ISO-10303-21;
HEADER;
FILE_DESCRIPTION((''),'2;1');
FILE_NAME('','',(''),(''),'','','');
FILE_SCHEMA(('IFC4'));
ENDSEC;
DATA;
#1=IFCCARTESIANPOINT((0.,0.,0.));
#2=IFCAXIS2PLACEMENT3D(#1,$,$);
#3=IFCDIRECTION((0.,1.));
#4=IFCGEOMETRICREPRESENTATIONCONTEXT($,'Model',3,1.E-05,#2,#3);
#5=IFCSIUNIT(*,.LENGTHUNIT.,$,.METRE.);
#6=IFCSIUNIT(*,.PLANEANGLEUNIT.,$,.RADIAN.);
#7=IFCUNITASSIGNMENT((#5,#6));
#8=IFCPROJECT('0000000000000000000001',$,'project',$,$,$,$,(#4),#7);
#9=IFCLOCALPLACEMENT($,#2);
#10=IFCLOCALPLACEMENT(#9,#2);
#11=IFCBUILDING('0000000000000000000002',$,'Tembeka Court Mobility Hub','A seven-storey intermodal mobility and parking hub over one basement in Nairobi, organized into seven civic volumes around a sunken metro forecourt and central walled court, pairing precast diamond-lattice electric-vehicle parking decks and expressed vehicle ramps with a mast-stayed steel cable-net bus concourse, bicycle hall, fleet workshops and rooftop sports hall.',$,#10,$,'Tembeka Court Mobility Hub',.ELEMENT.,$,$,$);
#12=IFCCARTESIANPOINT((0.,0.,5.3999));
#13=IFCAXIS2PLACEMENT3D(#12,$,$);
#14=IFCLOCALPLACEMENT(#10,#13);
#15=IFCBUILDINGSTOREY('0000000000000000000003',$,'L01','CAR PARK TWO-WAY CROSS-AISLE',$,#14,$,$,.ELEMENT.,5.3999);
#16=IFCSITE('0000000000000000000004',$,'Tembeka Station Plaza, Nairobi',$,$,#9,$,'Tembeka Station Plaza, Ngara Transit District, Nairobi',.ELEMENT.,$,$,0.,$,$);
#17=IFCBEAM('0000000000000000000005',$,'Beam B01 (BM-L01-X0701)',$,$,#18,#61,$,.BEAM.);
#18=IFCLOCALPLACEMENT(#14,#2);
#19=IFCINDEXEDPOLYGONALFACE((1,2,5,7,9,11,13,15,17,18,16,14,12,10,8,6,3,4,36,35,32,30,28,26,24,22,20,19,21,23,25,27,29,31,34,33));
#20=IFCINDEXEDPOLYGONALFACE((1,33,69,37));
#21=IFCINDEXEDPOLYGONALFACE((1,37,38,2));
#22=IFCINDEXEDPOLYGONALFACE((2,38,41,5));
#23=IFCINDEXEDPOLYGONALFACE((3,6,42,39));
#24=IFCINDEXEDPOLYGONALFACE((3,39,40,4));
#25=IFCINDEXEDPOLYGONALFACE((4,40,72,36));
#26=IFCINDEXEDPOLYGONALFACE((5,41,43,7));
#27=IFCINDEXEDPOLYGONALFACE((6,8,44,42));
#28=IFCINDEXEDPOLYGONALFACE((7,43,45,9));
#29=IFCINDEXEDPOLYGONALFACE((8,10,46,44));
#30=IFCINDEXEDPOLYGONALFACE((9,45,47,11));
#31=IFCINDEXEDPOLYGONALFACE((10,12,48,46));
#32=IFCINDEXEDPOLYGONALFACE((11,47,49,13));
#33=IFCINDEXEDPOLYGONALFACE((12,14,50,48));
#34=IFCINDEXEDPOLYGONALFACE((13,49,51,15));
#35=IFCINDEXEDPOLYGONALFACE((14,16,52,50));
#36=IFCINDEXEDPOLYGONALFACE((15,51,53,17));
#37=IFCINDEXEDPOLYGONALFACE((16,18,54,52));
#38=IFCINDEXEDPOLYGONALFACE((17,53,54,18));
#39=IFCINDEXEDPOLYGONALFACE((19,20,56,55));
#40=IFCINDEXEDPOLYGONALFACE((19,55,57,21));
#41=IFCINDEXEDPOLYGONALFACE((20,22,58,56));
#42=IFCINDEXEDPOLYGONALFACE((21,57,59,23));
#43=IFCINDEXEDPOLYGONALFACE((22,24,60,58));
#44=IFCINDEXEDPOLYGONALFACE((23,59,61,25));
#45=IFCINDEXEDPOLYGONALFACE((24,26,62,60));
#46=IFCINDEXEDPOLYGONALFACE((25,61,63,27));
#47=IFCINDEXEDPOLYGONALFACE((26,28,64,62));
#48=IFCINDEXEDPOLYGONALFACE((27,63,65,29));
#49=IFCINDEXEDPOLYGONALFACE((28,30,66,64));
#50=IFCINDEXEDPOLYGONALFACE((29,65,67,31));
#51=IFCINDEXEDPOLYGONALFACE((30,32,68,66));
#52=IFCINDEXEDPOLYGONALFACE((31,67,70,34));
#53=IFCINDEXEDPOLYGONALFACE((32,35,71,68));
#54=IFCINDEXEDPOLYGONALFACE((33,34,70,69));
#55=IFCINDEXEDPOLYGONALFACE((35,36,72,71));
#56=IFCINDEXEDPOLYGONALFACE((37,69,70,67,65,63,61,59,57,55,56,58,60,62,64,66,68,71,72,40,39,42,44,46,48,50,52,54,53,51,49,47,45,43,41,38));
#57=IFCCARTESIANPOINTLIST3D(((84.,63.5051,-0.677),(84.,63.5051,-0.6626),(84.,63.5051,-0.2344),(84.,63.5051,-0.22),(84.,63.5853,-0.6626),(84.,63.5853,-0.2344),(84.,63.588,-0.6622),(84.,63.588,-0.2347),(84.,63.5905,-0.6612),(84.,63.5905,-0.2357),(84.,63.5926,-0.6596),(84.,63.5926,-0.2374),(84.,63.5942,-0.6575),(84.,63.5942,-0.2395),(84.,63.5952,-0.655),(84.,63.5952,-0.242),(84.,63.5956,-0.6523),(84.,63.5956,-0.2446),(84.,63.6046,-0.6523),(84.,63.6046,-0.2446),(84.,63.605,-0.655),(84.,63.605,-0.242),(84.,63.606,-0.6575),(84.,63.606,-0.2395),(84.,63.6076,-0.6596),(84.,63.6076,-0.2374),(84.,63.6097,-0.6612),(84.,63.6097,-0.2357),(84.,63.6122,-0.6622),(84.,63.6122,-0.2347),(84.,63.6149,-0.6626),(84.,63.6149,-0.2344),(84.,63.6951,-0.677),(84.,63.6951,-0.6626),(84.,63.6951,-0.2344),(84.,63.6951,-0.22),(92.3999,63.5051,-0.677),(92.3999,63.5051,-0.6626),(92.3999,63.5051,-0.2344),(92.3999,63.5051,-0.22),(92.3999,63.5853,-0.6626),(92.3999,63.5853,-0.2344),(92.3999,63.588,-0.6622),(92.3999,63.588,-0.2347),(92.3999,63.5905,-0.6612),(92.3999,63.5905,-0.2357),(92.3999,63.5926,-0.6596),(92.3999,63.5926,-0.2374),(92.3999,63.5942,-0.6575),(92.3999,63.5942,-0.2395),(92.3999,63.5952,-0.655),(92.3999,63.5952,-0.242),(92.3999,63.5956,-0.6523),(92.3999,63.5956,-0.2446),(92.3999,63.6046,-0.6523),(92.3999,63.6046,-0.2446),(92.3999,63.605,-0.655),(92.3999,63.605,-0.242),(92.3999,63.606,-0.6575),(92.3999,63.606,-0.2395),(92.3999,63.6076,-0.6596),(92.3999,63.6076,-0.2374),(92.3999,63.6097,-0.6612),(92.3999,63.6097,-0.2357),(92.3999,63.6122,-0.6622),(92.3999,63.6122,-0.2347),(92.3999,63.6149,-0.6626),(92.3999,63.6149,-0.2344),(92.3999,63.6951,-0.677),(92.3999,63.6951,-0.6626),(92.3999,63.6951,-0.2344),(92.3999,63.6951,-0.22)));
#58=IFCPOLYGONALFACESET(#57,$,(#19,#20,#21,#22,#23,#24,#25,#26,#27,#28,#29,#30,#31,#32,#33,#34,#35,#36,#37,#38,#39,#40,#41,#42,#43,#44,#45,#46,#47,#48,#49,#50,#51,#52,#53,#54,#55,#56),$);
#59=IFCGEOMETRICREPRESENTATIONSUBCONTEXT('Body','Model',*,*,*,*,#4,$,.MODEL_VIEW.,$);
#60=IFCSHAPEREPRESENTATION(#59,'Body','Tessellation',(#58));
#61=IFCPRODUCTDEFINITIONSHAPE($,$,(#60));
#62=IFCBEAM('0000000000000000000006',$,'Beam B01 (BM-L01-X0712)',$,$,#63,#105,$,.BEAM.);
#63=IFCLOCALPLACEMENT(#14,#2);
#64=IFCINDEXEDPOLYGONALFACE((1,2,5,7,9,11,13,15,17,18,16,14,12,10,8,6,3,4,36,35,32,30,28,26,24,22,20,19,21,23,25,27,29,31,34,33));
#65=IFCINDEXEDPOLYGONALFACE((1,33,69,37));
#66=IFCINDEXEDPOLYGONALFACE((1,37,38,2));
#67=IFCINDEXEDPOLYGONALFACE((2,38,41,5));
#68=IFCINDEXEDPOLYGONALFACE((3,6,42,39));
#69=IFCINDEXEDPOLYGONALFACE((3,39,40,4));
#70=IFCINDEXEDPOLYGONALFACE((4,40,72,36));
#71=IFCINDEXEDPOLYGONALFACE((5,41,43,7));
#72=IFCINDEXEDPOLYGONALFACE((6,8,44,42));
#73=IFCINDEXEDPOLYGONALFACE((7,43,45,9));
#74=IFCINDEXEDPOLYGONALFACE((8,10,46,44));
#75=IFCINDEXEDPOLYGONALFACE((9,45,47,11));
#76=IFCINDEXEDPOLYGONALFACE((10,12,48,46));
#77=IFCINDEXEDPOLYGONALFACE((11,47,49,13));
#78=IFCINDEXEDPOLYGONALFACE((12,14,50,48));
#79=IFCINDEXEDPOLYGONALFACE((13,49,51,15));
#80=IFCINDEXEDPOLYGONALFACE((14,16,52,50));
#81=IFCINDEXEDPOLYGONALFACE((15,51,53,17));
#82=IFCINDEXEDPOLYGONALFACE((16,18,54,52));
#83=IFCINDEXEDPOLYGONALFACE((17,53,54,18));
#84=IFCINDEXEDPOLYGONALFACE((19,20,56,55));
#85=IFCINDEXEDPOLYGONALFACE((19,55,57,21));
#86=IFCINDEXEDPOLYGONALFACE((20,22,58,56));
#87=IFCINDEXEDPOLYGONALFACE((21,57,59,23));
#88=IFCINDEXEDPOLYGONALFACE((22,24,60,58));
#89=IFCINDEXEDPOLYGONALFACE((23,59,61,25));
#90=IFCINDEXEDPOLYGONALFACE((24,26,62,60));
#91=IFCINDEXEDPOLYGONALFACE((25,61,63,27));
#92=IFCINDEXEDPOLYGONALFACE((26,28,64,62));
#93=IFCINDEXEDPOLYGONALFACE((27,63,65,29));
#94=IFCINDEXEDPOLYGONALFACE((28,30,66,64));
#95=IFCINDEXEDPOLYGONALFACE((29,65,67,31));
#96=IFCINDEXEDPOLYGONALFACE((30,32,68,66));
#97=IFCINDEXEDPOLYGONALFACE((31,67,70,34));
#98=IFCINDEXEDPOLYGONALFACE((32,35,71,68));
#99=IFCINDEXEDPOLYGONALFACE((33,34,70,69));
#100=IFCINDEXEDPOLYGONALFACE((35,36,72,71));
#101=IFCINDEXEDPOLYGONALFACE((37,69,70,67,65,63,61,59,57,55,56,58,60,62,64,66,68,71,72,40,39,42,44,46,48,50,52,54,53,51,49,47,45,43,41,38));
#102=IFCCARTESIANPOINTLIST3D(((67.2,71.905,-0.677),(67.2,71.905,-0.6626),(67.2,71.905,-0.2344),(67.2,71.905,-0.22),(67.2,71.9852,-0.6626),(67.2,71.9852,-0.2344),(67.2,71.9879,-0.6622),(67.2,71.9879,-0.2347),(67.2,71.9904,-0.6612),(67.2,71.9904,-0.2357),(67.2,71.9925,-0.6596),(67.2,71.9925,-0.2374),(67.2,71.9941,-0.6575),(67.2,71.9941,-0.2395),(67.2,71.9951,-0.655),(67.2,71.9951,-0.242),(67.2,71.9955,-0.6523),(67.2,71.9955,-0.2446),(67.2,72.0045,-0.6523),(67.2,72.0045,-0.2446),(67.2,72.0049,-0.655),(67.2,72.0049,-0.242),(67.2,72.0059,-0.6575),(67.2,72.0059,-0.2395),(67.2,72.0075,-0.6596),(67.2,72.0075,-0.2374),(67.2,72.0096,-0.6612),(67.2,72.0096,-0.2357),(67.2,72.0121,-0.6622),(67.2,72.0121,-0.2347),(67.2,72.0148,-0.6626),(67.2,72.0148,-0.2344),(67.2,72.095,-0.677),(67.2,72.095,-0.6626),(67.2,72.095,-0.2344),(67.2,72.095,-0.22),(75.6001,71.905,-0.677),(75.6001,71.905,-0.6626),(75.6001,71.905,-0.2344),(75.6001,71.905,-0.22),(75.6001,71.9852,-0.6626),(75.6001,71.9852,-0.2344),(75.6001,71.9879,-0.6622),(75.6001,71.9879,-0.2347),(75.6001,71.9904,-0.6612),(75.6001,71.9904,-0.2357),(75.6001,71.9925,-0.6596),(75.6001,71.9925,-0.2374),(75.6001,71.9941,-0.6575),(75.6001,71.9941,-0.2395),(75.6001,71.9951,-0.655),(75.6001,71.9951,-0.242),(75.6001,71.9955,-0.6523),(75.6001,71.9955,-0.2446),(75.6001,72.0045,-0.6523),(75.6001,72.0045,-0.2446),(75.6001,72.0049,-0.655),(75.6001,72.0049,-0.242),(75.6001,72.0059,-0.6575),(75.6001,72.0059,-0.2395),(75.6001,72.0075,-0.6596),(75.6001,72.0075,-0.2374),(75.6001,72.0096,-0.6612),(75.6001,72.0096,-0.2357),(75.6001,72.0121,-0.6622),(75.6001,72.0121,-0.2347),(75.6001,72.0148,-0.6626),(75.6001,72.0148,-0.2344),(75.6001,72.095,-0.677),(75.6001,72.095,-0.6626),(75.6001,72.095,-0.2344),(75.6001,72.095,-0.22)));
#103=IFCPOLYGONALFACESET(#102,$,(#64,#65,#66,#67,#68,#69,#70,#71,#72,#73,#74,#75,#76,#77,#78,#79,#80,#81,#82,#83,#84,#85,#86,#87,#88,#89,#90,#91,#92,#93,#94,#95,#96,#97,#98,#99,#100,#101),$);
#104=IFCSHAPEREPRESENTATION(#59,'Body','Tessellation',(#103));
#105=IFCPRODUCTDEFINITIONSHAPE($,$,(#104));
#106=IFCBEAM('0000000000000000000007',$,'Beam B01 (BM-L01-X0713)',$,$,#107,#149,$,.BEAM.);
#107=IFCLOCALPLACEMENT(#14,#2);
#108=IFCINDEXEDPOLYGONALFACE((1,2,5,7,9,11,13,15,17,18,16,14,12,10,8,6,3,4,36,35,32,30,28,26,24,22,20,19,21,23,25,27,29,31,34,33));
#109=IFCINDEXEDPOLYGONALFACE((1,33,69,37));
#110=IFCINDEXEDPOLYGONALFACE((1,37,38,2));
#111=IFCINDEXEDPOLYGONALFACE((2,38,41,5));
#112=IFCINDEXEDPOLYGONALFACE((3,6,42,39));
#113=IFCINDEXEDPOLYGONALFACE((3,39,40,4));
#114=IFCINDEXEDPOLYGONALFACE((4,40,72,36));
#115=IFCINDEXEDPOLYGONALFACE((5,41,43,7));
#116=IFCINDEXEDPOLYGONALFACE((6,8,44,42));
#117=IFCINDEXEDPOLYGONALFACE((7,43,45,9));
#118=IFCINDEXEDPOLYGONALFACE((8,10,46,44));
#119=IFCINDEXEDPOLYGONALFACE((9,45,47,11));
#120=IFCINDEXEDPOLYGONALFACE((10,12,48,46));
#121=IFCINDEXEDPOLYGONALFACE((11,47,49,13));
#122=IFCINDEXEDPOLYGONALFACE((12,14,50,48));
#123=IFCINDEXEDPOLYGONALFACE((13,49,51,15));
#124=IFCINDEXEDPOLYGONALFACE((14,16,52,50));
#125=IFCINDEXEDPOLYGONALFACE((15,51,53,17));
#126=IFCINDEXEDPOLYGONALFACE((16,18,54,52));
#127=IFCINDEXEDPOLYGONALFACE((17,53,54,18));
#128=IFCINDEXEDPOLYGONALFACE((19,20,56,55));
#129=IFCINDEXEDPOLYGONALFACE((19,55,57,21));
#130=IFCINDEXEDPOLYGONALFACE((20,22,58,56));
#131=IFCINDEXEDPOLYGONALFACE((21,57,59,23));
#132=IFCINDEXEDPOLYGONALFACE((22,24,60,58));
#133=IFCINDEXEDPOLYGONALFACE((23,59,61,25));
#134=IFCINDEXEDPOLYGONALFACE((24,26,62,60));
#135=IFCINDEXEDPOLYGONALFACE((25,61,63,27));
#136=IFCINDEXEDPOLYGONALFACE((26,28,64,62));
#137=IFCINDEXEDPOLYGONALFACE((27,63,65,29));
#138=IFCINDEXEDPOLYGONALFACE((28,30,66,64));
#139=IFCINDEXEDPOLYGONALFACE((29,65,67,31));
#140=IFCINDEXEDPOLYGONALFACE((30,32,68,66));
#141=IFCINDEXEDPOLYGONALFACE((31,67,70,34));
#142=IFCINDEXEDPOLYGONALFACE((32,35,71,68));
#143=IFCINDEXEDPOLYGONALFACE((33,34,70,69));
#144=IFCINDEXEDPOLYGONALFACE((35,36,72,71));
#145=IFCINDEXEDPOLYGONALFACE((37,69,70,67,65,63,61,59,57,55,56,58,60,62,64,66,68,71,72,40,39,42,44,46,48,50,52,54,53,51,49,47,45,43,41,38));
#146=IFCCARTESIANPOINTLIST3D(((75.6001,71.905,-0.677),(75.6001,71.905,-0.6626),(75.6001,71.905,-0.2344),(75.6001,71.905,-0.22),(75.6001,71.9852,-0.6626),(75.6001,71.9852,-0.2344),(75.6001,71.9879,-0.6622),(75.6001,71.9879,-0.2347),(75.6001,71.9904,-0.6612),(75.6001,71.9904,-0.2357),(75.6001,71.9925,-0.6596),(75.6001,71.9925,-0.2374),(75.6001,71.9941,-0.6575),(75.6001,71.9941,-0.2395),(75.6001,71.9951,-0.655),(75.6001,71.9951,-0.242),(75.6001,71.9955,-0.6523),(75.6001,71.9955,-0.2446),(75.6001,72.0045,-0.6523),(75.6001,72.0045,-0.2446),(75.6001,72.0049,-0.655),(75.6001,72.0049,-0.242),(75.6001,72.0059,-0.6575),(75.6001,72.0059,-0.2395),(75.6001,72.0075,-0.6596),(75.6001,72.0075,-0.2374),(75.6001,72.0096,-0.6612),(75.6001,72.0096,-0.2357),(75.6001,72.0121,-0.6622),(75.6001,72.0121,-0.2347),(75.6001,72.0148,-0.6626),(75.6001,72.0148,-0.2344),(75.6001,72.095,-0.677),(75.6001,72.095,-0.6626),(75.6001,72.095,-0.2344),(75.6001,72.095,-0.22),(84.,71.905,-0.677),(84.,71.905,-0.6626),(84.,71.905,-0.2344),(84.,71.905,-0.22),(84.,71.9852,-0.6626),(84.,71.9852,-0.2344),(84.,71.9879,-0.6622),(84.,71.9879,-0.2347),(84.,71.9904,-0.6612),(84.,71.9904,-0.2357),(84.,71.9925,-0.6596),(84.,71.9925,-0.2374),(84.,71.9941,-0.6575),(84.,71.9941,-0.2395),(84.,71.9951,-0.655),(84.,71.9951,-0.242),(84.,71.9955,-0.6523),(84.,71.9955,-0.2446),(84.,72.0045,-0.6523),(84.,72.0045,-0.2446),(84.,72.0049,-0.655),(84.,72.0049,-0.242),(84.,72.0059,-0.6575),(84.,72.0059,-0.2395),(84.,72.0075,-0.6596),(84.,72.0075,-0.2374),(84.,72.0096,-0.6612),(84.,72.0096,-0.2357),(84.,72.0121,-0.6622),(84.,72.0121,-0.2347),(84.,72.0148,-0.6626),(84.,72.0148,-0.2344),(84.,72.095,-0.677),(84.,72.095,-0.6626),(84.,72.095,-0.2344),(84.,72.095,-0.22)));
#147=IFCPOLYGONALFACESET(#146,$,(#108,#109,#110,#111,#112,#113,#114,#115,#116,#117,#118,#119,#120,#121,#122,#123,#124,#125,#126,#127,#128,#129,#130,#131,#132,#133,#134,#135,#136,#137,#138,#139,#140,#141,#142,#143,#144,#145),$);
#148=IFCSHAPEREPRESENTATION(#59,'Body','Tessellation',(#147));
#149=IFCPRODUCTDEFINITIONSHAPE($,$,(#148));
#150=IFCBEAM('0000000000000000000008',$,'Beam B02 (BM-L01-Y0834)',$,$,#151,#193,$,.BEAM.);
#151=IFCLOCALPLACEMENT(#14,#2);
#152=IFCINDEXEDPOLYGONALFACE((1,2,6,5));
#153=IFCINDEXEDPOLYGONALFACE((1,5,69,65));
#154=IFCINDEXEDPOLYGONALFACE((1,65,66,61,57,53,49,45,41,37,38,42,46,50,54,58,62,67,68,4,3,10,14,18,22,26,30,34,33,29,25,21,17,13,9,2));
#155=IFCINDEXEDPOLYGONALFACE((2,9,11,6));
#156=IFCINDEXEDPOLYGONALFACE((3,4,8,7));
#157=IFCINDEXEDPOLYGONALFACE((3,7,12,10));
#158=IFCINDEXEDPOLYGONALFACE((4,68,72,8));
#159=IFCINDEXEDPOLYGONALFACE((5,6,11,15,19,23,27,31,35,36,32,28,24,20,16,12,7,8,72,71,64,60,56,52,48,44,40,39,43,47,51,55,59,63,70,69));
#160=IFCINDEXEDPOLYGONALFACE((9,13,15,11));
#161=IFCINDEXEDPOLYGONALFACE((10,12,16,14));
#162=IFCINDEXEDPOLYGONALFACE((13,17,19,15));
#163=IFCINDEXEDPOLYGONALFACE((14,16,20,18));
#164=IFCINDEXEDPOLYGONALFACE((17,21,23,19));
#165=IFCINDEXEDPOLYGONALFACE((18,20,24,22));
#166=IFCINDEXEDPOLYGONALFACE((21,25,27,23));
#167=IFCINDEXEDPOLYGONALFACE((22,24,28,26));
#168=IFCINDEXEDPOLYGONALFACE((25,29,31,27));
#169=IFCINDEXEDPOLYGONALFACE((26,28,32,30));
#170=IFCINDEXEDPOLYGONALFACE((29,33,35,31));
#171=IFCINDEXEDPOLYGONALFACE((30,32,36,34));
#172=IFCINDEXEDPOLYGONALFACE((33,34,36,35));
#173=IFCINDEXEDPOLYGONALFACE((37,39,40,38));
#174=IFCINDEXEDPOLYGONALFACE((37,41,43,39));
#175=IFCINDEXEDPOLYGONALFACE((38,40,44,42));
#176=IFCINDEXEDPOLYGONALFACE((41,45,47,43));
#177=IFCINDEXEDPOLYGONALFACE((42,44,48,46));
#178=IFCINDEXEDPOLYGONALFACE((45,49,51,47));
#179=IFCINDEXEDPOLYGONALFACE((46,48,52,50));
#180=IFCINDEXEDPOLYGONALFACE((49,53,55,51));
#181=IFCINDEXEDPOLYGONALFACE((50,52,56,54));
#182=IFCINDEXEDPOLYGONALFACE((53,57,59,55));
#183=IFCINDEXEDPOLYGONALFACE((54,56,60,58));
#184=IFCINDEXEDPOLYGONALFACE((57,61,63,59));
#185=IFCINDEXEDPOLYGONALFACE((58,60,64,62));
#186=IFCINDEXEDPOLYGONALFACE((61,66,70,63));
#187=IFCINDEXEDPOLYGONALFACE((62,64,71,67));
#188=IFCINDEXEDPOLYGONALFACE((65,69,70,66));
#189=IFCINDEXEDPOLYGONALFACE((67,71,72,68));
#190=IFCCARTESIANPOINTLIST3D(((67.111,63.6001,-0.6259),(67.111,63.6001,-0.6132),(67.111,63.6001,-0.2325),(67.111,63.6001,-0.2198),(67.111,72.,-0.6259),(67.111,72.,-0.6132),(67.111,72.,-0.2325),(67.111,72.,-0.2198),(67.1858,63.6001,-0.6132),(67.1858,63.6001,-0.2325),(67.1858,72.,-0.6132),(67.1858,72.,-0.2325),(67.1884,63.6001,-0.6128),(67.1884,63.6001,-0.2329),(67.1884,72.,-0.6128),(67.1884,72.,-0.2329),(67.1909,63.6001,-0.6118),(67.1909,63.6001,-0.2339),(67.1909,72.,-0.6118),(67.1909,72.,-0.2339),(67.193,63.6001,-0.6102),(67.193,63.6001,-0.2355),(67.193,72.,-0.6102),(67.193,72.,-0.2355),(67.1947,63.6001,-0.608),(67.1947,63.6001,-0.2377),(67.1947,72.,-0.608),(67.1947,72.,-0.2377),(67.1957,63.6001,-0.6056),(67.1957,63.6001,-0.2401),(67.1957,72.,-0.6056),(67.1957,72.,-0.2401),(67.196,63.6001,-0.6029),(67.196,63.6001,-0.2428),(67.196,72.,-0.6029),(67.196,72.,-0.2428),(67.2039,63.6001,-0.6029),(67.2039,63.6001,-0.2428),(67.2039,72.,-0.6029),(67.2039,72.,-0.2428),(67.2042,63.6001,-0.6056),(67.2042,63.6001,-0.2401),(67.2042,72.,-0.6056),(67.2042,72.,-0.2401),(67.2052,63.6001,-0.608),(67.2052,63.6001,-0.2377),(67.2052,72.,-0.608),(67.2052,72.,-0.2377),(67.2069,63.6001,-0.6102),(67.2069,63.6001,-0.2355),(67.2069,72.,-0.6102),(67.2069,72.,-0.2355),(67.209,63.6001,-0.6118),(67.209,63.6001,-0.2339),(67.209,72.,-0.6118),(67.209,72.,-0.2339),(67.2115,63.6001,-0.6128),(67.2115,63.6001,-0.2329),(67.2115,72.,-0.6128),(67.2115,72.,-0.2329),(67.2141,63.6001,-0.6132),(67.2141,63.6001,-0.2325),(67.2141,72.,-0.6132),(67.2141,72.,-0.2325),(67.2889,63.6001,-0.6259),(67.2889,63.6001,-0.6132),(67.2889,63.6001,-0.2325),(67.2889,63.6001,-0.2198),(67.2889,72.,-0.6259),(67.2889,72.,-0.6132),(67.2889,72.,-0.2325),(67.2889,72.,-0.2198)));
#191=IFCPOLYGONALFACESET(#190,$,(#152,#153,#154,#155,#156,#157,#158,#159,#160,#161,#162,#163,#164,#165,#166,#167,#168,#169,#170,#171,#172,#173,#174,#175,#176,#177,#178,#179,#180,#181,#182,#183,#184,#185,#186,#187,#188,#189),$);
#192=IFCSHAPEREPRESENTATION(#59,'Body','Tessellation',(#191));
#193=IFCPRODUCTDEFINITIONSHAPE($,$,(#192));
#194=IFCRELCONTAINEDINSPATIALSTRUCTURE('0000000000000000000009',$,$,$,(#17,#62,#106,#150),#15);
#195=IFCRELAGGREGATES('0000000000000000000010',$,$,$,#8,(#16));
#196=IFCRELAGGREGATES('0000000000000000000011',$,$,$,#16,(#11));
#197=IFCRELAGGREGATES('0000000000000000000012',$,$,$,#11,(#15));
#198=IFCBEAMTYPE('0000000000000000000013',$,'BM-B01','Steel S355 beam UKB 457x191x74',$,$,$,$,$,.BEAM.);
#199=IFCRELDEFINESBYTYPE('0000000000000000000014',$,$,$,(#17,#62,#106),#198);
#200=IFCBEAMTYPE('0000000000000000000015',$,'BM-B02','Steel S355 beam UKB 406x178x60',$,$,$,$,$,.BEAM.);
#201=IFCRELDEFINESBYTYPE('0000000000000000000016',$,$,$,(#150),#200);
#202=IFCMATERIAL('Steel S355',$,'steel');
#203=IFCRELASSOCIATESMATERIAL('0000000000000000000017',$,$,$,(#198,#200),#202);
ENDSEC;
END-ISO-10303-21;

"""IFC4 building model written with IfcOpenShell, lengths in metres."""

from ifc_helpers import new_model, si_unit, direction, frame, origin, origin_2d, place, context, subcontext, project, spatial, i_section, extrude, material, material_profile, profile_set, type_object, element, save


model = new_model("IFC4")

# Units and contexts
model_context = context("Model", 3, precision=1e-05, world=origin(), true_north=direction((0.0, 1.0)))
body_context = subcontext(model_context, "Body", "Model", "MODEL_VIEW")
ifc_project = project(units=[si_unit("LENGTHUNIT", "METRE"), si_unit("PLANEANGLEUNIT", "RADIAN")], contexts=[model_context])

# Site, building, storey
site_placement = place(None, origin())
site = spatial("IfcSite", under=ifc_project, at=site_placement, Name="Tembeka Station Plaza, Nairobi", LongName="Tembeka Station Plaza, Ngara Transit District, Nairobi", CompositionType="ELEMENT", RefElevation=0.0)
building_placement = place(site_placement, origin())
building = spatial("IfcBuilding", under=site, at=building_placement, Name="Tembeka Court Mobility Hub", Description="A seven-storey intermodal mobility and parking hub over one basement in Nairobi, organized into seven civic volumes around a sunken metro forecourt and central walled court, pairing precast diamond-lattice electric-vehicle parking decks and expressed vehicle ramps with a mast-stayed steel cable-net bus concourse, bicycle hall, fleet workshops and rooftop sports hall.", LongName="Tembeka Court Mobility Hub", CompositionType="ELEMENT")
storey_placement = place(building_placement, frame((0.0, 0.0, 5.3999)))
storey = spatial("IfcBuildingStorey", under=building, at=storey_placement, Name="L01", Description="CAR PARK TWO-WAY CROSS-AISLE", CompositionType="ELEMENT", Elevation=5.3999)

# Shared definitions
ifc_material = material(Name="Steel S355", Category="steel")

# Beams
ifc_material_profile_1 = material_profile(ifc_material, i_section(OverallWidth=0.1899, OverallDepth=0.457, WebThickness=0.009, FlangeThickness=0.0144, FilletRadius=0.0103, at=origin_2d()), Name="UKB 457x191x74")
ifc_profile_set_1 = profile_set([ifc_material_profile_1], Name="Steel S355")
beam_type_1 = type_object("IfcBeamType", Name="BM-B01", Description="Steel S355 beam UKB 457x191x74", PredefinedType="BEAM", material=ifc_profile_set_1)
for number, where, z_axis, x_axis, name in (
    (1, (84.0, 63.6001, -0.4485), (1.0, 0.0, 0.0), (0.0, 1.0, 0.0), "Beam B01 (BM-L01-X0701)"),
):
    element("IfcBeam", number, at=place(storey_placement, frame(where, z_axis=z_axis, x_axis=x_axis)), inside=storey, type_object=beam_type_1, Name=name, PredefinedType="BEAM", context=body_context, shape_type="SweptSolid", body=[
        extrude(i_section(OverallWidth=0.1899, OverallDepth=0.457, WebThickness=0.009, FlangeThickness=0.0144, FilletRadius=0.0103, at=origin_2d()), origin(), (0.0, 0.0, 1.0), 8.3999),
    ])
beam_1_placement = place(storey_placement, frame((67.2, 72.0, -0.4485), z_axis=(1.0, 0.0, 0.0), x_axis=(0.0, 1.0, 0.0)))
element("IfcBeam", 2, at=beam_1_placement, inside=storey, type_object=beam_type_1, Name="Beam B01 (BM-L01-X0712)", PredefinedType="BEAM", context=body_context, shape_type="SweptSolid", body=[
    extrude(i_section(OverallWidth=0.1899, OverallDepth=0.457, WebThickness=0.009, FlangeThickness=0.0144, FilletRadius=0.0103, at=origin_2d()), origin(), (0.0, 0.0, 1.0), 8.4001),
])
beam_2_placement = place(storey_placement, frame((75.6001, 72.0, -0.4485), z_axis=(1.0, 0.0, 0.0), x_axis=(0.0, 1.0, 0.0)))
element("IfcBeam", 3, at=beam_2_placement, inside=storey, type_object=beam_type_1, Name="Beam B01 (BM-L01-X0713)", PredefinedType="BEAM", context=body_context, shape_type="SweptSolid", body=[
    extrude(i_section(OverallWidth=0.1899, OverallDepth=0.457, WebThickness=0.009, FlangeThickness=0.0144, FilletRadius=0.0103, at=origin_2d()), origin(), (0.0, 0.0, 1.0), 8.3999),
])
ifc_material_profile_2 = material_profile(ifc_material, i_section(OverallWidth=0.178, OverallDepth=0.406, WebThickness=0.0078, FlangeThickness=0.0127, FilletRadius=0.0103, at=origin_2d()), Name="UKB 406x178x60")
ifc_profile_set_2 = profile_set([ifc_material_profile_2], Name="Steel S355")
beam_type_2 = type_object("IfcBeamType", Name="BM-B02", Description="Steel S355 beam UKB 406x178x60", PredefinedType="BEAM", material=ifc_profile_set_2)
for number, where, z_axis, x_axis, name in (
    (4, (67.2, 63.6001, -0.4229), (0.0, 1.0, 0.0), (-1.0, 0.0, 0.0), "Beam B02 (BM-L01-Y0834)"),
):
    element("IfcBeam", number, at=place(storey_placement, frame(where, z_axis=z_axis, x_axis=x_axis)), inside=storey, type_object=beam_type_2, Name=name, PredefinedType="BEAM", context=body_context, shape_type="SweptSolid", body=[
        extrude(i_section(OverallWidth=0.178, OverallDepth=0.406, WebThickness=0.0078, FlangeThickness=0.0127, FilletRadius=0.0103, at=origin_2d()), origin(), (0.0, 0.0, 1.0), 8.3999),
    ])

save(model, "model.ifc")
